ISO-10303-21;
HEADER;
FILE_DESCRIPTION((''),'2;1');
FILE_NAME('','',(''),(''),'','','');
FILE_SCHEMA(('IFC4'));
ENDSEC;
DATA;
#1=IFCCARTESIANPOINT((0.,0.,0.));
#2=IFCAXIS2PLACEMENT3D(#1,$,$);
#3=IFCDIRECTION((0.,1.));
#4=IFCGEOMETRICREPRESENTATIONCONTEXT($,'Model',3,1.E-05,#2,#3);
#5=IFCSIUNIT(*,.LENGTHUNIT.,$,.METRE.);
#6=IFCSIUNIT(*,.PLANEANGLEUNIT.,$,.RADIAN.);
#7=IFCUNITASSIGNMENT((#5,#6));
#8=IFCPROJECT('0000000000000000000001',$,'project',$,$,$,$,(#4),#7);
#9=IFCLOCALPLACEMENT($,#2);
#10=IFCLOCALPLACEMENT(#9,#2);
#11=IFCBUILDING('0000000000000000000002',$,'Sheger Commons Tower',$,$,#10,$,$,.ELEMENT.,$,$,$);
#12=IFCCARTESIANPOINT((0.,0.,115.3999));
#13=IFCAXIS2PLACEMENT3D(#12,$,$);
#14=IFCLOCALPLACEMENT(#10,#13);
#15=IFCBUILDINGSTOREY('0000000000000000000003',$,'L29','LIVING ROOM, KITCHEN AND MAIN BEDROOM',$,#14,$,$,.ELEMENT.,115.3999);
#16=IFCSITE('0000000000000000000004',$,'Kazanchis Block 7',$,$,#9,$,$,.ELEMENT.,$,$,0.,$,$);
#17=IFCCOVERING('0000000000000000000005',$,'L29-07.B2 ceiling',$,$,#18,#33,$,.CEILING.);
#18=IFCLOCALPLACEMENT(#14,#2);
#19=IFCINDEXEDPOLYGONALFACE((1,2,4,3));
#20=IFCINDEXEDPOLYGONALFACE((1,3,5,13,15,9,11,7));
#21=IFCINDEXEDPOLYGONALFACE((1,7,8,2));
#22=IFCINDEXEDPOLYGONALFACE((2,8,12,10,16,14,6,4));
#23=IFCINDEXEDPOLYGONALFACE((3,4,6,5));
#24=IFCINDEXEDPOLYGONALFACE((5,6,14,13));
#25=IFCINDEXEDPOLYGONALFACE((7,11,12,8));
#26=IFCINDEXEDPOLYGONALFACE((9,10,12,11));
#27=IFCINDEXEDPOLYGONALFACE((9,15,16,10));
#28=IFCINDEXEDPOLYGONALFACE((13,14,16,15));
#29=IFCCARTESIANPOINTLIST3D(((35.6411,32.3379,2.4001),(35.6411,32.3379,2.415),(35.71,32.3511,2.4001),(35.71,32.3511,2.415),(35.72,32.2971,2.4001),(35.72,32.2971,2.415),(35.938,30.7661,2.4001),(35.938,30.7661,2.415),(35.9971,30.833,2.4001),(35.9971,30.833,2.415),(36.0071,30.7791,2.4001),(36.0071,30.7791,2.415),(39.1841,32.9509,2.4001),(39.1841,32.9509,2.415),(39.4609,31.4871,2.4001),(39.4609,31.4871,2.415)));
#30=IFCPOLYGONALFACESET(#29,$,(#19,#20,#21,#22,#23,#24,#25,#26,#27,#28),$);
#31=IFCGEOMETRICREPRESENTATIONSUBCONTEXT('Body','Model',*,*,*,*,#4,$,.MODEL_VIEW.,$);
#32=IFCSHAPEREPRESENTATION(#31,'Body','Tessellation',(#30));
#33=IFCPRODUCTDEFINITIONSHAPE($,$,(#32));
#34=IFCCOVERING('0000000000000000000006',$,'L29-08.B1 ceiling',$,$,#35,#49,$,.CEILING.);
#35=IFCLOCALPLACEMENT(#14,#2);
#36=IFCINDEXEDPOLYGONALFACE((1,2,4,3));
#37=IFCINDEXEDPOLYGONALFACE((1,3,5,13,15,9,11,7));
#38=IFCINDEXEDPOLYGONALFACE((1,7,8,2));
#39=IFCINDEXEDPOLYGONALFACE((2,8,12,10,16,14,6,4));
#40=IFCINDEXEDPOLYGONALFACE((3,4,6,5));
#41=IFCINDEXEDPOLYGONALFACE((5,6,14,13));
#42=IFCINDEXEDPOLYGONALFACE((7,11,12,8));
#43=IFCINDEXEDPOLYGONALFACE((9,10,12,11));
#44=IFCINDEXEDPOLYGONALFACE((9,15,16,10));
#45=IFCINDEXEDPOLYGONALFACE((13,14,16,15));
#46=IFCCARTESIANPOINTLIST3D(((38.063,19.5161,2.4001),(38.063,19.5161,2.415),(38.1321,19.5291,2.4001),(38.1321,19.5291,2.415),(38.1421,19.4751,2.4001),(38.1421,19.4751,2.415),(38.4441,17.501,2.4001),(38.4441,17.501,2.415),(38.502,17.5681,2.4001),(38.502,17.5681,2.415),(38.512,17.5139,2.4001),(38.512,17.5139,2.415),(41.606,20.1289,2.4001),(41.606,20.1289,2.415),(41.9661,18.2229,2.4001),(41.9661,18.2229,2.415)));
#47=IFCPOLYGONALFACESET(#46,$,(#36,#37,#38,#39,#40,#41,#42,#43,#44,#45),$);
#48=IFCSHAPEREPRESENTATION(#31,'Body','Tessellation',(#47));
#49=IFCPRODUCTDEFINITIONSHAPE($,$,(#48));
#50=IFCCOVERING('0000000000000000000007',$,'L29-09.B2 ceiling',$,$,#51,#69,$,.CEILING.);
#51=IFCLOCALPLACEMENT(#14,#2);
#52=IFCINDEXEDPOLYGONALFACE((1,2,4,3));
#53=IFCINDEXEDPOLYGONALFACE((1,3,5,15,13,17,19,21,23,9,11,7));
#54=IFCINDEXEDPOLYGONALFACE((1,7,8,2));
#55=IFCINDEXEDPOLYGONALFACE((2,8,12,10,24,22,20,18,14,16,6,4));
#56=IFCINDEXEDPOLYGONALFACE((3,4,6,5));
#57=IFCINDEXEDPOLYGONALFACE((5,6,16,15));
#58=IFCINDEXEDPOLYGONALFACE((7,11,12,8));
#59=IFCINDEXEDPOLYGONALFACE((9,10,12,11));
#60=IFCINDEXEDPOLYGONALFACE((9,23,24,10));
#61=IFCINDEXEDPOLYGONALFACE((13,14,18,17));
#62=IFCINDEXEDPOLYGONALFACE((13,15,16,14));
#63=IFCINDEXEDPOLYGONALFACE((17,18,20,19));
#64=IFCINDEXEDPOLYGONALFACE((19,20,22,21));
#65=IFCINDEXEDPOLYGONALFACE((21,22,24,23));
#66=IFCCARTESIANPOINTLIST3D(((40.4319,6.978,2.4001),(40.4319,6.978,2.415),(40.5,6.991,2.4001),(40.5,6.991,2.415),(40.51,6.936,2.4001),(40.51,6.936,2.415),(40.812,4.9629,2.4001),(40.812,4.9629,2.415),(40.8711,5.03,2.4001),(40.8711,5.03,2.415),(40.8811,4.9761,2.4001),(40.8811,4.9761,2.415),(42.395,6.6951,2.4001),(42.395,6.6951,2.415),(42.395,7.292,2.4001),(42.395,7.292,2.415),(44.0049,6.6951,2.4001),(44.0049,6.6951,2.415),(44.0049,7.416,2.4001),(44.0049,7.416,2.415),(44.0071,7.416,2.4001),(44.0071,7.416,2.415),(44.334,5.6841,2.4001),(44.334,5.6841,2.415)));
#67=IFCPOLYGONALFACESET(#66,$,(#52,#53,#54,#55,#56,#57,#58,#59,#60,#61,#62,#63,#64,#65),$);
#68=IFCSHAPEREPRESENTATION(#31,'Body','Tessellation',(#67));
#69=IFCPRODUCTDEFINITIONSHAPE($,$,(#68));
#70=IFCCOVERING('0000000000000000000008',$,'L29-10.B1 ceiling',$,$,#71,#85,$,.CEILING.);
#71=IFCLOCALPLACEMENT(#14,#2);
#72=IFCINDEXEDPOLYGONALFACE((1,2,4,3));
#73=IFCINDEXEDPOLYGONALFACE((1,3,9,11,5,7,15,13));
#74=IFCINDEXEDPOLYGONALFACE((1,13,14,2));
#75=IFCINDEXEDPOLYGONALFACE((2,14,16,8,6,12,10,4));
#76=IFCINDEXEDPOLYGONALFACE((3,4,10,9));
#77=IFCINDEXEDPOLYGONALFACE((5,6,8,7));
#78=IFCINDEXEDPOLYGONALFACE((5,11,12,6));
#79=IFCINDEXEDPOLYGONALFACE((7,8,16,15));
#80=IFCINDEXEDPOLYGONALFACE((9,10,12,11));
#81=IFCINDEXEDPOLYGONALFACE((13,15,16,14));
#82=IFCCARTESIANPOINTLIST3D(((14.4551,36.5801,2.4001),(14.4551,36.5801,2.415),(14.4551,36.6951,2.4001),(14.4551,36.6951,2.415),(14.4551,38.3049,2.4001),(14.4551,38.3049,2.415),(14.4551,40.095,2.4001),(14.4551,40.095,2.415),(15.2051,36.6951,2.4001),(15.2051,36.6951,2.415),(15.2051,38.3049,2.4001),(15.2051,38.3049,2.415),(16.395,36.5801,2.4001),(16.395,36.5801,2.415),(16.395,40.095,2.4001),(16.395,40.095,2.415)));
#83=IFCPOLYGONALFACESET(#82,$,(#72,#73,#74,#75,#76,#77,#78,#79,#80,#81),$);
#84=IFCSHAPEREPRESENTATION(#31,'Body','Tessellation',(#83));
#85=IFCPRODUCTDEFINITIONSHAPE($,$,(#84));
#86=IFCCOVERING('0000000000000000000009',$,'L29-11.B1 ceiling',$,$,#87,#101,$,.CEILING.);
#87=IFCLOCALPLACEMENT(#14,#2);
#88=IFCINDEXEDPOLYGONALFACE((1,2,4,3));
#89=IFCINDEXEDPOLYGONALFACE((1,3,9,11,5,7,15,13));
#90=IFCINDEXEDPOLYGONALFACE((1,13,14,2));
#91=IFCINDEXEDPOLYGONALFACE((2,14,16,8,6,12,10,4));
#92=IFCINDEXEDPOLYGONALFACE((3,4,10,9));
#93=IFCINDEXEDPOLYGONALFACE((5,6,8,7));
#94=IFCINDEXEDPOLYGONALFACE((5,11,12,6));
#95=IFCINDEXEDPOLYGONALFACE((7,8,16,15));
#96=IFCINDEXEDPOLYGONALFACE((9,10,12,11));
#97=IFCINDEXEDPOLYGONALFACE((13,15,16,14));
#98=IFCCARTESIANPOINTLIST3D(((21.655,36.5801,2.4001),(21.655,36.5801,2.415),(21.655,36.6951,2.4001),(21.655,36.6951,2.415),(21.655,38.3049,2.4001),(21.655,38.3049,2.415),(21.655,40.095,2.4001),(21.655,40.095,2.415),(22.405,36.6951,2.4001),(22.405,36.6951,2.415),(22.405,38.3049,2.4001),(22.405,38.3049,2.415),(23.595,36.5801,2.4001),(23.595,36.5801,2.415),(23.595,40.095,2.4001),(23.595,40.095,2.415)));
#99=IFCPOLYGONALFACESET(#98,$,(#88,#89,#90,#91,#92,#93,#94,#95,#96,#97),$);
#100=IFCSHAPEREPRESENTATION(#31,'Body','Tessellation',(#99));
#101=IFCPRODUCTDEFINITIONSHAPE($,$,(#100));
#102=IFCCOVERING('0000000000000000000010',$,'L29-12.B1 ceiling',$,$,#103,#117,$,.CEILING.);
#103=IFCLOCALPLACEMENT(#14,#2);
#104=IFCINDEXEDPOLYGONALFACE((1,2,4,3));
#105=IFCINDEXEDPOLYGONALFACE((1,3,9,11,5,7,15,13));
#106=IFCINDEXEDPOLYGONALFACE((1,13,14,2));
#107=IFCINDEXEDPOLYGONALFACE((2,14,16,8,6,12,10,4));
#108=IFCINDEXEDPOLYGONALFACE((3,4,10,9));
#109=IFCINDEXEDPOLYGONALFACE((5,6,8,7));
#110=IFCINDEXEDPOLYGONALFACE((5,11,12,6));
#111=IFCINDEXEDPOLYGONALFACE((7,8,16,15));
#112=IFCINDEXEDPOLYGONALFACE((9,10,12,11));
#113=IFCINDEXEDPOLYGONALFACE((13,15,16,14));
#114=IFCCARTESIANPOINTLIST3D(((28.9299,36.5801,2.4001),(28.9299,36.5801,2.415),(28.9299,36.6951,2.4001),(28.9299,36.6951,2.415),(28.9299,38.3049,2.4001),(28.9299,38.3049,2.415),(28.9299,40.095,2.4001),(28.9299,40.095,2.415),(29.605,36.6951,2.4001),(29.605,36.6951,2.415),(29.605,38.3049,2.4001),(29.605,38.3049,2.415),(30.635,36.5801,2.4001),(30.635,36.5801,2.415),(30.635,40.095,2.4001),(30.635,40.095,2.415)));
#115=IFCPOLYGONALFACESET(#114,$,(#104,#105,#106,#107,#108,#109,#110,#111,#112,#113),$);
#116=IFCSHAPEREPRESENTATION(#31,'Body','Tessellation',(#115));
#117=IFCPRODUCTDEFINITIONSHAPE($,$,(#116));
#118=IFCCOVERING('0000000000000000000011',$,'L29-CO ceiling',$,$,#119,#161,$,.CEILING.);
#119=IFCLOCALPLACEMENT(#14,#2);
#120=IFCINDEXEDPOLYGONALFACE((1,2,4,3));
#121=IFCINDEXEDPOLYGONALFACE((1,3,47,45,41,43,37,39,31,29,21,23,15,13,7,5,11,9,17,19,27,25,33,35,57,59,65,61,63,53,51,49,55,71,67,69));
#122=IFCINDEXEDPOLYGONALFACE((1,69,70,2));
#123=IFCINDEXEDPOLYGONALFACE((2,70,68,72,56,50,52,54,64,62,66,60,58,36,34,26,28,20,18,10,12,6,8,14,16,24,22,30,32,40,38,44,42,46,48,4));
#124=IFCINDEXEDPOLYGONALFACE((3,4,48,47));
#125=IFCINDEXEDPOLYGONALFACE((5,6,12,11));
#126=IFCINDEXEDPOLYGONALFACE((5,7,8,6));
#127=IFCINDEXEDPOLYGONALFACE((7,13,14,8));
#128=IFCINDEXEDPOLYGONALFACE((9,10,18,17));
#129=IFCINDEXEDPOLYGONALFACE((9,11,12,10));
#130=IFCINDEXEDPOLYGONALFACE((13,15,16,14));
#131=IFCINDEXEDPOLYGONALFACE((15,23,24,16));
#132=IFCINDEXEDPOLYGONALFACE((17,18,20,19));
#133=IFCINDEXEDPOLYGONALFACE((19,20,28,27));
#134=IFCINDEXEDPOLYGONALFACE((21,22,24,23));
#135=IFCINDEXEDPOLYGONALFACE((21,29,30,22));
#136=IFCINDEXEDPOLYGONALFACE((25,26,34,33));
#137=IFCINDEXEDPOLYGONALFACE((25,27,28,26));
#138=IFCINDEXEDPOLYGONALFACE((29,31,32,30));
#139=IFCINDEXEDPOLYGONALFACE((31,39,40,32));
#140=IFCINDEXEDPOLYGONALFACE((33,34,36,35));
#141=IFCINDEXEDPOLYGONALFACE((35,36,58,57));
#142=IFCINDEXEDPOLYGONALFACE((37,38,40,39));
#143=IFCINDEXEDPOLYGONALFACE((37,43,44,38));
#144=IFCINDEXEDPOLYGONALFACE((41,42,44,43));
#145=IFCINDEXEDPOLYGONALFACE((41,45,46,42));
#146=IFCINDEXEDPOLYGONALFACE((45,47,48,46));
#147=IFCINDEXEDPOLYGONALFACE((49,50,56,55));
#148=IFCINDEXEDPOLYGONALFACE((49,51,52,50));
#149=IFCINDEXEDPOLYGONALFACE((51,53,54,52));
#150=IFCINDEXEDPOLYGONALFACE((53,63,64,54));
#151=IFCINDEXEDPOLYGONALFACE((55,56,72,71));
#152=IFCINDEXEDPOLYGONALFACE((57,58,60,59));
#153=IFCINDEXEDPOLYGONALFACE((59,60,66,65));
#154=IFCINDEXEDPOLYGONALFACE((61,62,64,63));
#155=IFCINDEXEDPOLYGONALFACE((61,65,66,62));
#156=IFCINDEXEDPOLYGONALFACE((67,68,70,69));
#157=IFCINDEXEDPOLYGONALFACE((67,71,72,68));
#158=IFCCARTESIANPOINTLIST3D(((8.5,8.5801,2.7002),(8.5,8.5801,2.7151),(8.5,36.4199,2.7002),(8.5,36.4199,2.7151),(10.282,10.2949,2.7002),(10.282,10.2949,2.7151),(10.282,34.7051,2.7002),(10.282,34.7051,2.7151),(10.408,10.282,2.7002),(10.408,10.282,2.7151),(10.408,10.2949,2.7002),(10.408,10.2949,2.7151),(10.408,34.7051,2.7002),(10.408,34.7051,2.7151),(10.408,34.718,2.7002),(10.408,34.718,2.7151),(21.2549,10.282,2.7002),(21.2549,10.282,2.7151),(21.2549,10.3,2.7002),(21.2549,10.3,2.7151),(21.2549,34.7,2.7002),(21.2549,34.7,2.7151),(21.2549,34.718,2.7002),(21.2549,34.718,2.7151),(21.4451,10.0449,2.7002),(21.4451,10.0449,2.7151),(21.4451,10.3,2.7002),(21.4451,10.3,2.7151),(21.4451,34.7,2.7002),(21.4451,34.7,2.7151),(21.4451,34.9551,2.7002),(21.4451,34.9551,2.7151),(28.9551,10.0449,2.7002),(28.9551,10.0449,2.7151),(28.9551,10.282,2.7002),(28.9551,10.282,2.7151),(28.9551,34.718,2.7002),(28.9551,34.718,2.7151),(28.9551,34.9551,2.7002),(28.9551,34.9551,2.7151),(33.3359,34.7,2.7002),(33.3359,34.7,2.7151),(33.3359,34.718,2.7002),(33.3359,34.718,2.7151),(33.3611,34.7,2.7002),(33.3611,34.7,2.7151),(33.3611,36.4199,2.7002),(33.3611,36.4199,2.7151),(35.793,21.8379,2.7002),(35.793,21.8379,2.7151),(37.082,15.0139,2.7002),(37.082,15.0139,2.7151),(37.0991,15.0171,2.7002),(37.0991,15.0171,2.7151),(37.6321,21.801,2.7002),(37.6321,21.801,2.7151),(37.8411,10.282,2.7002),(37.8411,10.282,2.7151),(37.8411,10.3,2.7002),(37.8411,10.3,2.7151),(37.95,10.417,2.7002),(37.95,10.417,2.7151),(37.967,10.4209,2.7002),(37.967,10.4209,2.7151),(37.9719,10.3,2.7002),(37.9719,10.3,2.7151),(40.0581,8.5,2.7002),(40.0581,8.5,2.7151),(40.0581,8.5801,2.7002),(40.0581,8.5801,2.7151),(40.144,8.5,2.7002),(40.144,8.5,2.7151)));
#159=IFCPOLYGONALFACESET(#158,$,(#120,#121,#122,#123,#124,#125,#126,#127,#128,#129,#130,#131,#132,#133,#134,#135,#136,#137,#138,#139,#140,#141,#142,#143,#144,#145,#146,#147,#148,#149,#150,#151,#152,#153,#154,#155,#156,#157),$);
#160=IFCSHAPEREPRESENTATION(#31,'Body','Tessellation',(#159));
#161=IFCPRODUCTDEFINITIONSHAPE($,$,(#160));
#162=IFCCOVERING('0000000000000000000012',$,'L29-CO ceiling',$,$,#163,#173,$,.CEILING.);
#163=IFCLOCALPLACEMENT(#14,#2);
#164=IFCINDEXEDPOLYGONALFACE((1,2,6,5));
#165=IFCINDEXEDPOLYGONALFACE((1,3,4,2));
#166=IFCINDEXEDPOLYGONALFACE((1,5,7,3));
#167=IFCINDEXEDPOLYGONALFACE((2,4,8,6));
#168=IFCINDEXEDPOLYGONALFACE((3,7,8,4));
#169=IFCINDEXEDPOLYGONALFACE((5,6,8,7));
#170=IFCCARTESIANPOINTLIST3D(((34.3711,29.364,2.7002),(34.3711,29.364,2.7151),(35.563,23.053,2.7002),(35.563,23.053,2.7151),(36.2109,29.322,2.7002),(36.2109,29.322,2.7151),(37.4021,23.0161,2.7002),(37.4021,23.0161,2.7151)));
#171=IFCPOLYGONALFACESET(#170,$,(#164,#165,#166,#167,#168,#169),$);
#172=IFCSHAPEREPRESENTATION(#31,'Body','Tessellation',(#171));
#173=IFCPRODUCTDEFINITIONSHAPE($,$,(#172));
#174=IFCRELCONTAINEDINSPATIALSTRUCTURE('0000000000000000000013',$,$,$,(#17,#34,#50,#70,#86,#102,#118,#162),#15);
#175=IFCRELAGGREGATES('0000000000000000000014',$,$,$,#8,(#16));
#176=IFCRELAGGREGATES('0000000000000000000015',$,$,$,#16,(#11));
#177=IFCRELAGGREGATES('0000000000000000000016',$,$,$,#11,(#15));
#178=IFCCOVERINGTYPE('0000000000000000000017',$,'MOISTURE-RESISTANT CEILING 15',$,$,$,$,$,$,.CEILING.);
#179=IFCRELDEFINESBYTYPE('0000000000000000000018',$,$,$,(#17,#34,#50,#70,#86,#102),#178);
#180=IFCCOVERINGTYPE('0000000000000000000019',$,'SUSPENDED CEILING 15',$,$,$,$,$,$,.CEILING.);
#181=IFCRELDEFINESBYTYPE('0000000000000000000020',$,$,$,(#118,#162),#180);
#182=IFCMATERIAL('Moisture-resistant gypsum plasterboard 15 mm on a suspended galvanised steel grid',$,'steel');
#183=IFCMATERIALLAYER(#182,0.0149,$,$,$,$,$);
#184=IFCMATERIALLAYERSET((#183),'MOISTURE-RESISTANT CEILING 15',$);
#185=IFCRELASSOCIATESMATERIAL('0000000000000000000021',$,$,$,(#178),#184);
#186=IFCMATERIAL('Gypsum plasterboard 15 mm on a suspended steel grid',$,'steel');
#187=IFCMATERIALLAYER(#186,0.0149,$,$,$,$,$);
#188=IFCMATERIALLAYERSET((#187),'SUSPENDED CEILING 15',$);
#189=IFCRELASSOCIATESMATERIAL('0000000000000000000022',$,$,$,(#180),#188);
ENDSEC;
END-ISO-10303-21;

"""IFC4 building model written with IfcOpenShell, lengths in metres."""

from ifc_helpers import new_model, si_unit, direction, frame, origin, place, context, subcontext, project, spatial, polyline, outline, extrude, material, layer, layer_set, type_object, element, save


model = new_model("IFC4")

# Units and contexts
model_context = context("Model", 3, precision=1e-05, world=origin(), true_north=direction((0.0, 1.0)))
body_context = subcontext(model_context, "Body", "Model", "MODEL_VIEW")
ifc_project = project(units=[si_unit("LENGTHUNIT", "METRE"), si_unit("PLANEANGLEUNIT", "RADIAN")], contexts=[model_context])

# Site, building, storey
site_placement = place(None, origin())
site = spatial("IfcSite", under=ifc_project, at=site_placement, Name="Kazanchis Block 7", CompositionType="ELEMENT", RefElevation=0.0)
building_placement = place(site_placement, origin())
building = spatial("IfcBuilding", under=site, at=building_placement, Name="Sheger Commons Tower", CompositionType="ELEMENT")
storey_placement = place(building_placement, frame((0.0, 0.0, 115.3999)))
storey = spatial("IfcBuildingStorey", under=building, at=storey_placement, Name="L29", Description="LIVING ROOM, KITCHEN AND MAIN BEDROOM", CompositionType="ELEMENT", Elevation=115.3999)

# Coverings
ifc_material_1 = material(Name="Moisture-resistant gypsum plasterboard 15 mm on a suspended galvanised steel grid", Category="steel")
ifc_layer_1 = layer(ifc_material_1, 0.0149)
ifc_layer_set_1 = layer_set([ifc_layer_1], Name="MOISTURE-RESISTANT CEILING 15")
covering_type_1 = type_object("IfcCoveringType", Name="MOISTURE-RESISTANT CEILING 15", PredefinedType="CEILING", material=ifc_layer_set_1)
covering_1_placement = place(storey_placement, frame((0.0, 0.0, 2.4001)))
element("IfcCovering", 1, at=covering_1_placement, inside=storey, type_object=covering_type_1, Name="L29-07.B2 ceiling", PredefinedType="CEILING", context=body_context, shape_type="SweptSolid", body=[
    extrude(outline(polyline([(35.938, 30.7661), (36.0071, 30.7791), (35.9971, 30.833), (39.4609, 31.4871), (39.1841, 32.9509), (35.72, 32.2971), (35.71, 32.3511), (35.6411, 32.3379), (35.938, 30.7661)])), origin(), (0.0, 0.0, 1.0), 0.0149),
])
covering_2_placement = place(storey_placement, frame((0.0, 0.0, 2.4001)))
element("IfcCovering", 2, at=covering_2_placement, inside=storey, type_object=covering_type_1, Name="L29-08.B1 ceiling", PredefinedType="CEILING", context=body_context, shape_type="SweptSolid", body=[
    extrude(outline(polyline([(38.4441, 17.501), (38.512, 17.5139), (38.502, 17.5681), (41.9661, 18.2229), (41.606, 20.1289), (38.1421, 19.4751), (38.1321, 19.5291), (38.063, 19.5161), (38.4441, 17.501)])), origin(), (0.0, 0.0, 1.0), 0.0149),
])
covering_3_placement = place(storey_placement, frame((0.0, 0.0, 2.4001)))
element("IfcCovering", 3, at=covering_3_placement, inside=storey, type_object=covering_type_1, Name="L29-09.B2 ceiling", PredefinedType="CEILING", context=body_context, shape_type="SweptSolid", body=[
    extrude(outline(polyline([(40.812, 4.9629), (40.8811, 4.9761), (40.8711, 5.03), (44.334, 5.6841), (44.0071, 7.416), (44.0049, 7.416), (44.0049, 6.6951), (42.395, 6.6951), (42.395, 7.292), (40.51, 6.936), (40.5, 6.991), (40.4319, 6.978), (40.812, 4.9629)])), origin(), (0.0, 0.0, 1.0), 0.0149),
])
covering_4_placement = place(storey_placement, frame((0.0, 0.0, 2.4001)))
element("IfcCovering", 4, at=covering_4_placement, inside=storey, type_object=covering_type_1, Name="L29-10.B1 ceiling", PredefinedType="CEILING", context=body_context, shape_type="SweptSolid", body=[
    extrude(outline(polyline([(14.4551, 36.5801), (16.395, 36.5801), (16.395, 40.095), (14.4551, 40.095), (14.4551, 38.3049), (15.2051, 38.3049), (15.2051, 36.6951), (14.4551, 36.6951), (14.4551, 36.5801)])), origin(), (0.0, 0.0, 1.0), 0.0149),
])
covering_5_placement = place(storey_placement, frame((0.0, 0.0, 2.4001)))
element("IfcCovering", 5, at=covering_5_placement, inside=storey, type_object=covering_type_1, Name="L29-11.B1 ceiling", PredefinedType="CEILING", context=body_context, shape_type="SweptSolid", body=[
    extrude(outline(polyline([(21.655, 36.5801), (23.595, 36.5801), (23.595, 40.095), (21.655, 40.095), (21.655, 38.3049), (22.405, 38.3049), (22.405, 36.6951), (21.655, 36.6951), (21.655, 36.5801)])), origin(), (0.0, 0.0, 1.0), 0.0149),
])
covering_6_placement = place(storey_placement, frame((0.0, 0.0, 2.4001)))
element("IfcCovering", 6, at=covering_6_placement, inside=storey, type_object=covering_type_1, Name="L29-12.B1 ceiling", PredefinedType="CEILING", context=body_context, shape_type="SweptSolid", body=[
    extrude(outline(polyline([(28.9299, 36.5801), (30.635, 36.5801), (30.635, 40.095), (28.9299, 40.095), (28.9299, 38.3049), (29.605, 38.3049), (29.605, 36.6951), (28.9299, 36.6951), (28.9299, 36.5801)])), origin(), (0.0, 0.0, 1.0), 0.0149),
])
ifc_material_2 = material(Name="Gypsum plasterboard 15 mm on a suspended steel grid", Category="steel")
ifc_layer_2 = layer(ifc_material_2, 0.0149)
ifc_layer_set_2 = layer_set([ifc_layer_2], Name="SUSPENDED CEILING 15")
covering_type_2 = type_object("IfcCoveringType", Name="SUSPENDED CEILING 15", PredefinedType="CEILING", material=ifc_layer_set_2)
covering_7_placement = place(storey_placement, frame((0.0, 0.0, 2.7002)))
element("IfcCovering", 7, at=covering_7_placement, inside=storey, type_object=covering_type_2, Name="L29-CO ceiling", PredefinedType="CEILING", context=body_context, shape_type="SweptSolid", body=[
    extrude(outline(polyline([(40.0581, 8.5), (40.144, 8.5), (37.6321, 21.801), (35.793, 21.8379), (37.082, 15.0139), (37.0991, 15.0171), (37.967, 10.4209), (37.95, 10.417), (37.9719, 10.3), (37.8411, 10.3), (37.8411, 10.282), (28.9551, 10.282), (28.9551, 10.0449), (21.4451, 10.0449), (21.4451, 10.3), (21.2549, 10.3), (21.2549, 10.282), (10.408, 10.282), (10.408, 10.2949), (10.282, 10.2949), (10.282, 34.7051), (10.408, 34.7051), (10.408, 34.718), (21.2549, 34.718), (21.2549, 34.7), (21.4451, 34.7), (21.4451, 34.9551), (28.9551, 34.9551), (28.9551, 34.718), (33.3359, 34.718), (33.3359, 34.7), (33.3611, 34.7), (33.3611, 36.4199), (8.5, 36.4199), (8.5, 8.5801), (40.0581, 8.5801), (40.0581, 8.5)])), origin(), (0.0, 0.0, 1.0), 0.0149),
])
covering_8_placement = place(storey_placement, frame((0.0, 0.0, 2.7002)))
element("IfcCovering", 8, at=covering_8_placement, inside=storey, type_object=covering_type_2, Name="L29-CO ceiling", PredefinedType="CEILING", context=body_context, shape_type="SweptSolid", body=[
    extrude(outline(polyline([(37.4021, 23.0161), (36.2109, 29.322), (34.3711, 29.364), (35.563, 23.053), (37.4021, 23.0161)])), origin(), (0.0, 0.0, 1.0), 0.0149),
])

save(model, "model.ifc")
